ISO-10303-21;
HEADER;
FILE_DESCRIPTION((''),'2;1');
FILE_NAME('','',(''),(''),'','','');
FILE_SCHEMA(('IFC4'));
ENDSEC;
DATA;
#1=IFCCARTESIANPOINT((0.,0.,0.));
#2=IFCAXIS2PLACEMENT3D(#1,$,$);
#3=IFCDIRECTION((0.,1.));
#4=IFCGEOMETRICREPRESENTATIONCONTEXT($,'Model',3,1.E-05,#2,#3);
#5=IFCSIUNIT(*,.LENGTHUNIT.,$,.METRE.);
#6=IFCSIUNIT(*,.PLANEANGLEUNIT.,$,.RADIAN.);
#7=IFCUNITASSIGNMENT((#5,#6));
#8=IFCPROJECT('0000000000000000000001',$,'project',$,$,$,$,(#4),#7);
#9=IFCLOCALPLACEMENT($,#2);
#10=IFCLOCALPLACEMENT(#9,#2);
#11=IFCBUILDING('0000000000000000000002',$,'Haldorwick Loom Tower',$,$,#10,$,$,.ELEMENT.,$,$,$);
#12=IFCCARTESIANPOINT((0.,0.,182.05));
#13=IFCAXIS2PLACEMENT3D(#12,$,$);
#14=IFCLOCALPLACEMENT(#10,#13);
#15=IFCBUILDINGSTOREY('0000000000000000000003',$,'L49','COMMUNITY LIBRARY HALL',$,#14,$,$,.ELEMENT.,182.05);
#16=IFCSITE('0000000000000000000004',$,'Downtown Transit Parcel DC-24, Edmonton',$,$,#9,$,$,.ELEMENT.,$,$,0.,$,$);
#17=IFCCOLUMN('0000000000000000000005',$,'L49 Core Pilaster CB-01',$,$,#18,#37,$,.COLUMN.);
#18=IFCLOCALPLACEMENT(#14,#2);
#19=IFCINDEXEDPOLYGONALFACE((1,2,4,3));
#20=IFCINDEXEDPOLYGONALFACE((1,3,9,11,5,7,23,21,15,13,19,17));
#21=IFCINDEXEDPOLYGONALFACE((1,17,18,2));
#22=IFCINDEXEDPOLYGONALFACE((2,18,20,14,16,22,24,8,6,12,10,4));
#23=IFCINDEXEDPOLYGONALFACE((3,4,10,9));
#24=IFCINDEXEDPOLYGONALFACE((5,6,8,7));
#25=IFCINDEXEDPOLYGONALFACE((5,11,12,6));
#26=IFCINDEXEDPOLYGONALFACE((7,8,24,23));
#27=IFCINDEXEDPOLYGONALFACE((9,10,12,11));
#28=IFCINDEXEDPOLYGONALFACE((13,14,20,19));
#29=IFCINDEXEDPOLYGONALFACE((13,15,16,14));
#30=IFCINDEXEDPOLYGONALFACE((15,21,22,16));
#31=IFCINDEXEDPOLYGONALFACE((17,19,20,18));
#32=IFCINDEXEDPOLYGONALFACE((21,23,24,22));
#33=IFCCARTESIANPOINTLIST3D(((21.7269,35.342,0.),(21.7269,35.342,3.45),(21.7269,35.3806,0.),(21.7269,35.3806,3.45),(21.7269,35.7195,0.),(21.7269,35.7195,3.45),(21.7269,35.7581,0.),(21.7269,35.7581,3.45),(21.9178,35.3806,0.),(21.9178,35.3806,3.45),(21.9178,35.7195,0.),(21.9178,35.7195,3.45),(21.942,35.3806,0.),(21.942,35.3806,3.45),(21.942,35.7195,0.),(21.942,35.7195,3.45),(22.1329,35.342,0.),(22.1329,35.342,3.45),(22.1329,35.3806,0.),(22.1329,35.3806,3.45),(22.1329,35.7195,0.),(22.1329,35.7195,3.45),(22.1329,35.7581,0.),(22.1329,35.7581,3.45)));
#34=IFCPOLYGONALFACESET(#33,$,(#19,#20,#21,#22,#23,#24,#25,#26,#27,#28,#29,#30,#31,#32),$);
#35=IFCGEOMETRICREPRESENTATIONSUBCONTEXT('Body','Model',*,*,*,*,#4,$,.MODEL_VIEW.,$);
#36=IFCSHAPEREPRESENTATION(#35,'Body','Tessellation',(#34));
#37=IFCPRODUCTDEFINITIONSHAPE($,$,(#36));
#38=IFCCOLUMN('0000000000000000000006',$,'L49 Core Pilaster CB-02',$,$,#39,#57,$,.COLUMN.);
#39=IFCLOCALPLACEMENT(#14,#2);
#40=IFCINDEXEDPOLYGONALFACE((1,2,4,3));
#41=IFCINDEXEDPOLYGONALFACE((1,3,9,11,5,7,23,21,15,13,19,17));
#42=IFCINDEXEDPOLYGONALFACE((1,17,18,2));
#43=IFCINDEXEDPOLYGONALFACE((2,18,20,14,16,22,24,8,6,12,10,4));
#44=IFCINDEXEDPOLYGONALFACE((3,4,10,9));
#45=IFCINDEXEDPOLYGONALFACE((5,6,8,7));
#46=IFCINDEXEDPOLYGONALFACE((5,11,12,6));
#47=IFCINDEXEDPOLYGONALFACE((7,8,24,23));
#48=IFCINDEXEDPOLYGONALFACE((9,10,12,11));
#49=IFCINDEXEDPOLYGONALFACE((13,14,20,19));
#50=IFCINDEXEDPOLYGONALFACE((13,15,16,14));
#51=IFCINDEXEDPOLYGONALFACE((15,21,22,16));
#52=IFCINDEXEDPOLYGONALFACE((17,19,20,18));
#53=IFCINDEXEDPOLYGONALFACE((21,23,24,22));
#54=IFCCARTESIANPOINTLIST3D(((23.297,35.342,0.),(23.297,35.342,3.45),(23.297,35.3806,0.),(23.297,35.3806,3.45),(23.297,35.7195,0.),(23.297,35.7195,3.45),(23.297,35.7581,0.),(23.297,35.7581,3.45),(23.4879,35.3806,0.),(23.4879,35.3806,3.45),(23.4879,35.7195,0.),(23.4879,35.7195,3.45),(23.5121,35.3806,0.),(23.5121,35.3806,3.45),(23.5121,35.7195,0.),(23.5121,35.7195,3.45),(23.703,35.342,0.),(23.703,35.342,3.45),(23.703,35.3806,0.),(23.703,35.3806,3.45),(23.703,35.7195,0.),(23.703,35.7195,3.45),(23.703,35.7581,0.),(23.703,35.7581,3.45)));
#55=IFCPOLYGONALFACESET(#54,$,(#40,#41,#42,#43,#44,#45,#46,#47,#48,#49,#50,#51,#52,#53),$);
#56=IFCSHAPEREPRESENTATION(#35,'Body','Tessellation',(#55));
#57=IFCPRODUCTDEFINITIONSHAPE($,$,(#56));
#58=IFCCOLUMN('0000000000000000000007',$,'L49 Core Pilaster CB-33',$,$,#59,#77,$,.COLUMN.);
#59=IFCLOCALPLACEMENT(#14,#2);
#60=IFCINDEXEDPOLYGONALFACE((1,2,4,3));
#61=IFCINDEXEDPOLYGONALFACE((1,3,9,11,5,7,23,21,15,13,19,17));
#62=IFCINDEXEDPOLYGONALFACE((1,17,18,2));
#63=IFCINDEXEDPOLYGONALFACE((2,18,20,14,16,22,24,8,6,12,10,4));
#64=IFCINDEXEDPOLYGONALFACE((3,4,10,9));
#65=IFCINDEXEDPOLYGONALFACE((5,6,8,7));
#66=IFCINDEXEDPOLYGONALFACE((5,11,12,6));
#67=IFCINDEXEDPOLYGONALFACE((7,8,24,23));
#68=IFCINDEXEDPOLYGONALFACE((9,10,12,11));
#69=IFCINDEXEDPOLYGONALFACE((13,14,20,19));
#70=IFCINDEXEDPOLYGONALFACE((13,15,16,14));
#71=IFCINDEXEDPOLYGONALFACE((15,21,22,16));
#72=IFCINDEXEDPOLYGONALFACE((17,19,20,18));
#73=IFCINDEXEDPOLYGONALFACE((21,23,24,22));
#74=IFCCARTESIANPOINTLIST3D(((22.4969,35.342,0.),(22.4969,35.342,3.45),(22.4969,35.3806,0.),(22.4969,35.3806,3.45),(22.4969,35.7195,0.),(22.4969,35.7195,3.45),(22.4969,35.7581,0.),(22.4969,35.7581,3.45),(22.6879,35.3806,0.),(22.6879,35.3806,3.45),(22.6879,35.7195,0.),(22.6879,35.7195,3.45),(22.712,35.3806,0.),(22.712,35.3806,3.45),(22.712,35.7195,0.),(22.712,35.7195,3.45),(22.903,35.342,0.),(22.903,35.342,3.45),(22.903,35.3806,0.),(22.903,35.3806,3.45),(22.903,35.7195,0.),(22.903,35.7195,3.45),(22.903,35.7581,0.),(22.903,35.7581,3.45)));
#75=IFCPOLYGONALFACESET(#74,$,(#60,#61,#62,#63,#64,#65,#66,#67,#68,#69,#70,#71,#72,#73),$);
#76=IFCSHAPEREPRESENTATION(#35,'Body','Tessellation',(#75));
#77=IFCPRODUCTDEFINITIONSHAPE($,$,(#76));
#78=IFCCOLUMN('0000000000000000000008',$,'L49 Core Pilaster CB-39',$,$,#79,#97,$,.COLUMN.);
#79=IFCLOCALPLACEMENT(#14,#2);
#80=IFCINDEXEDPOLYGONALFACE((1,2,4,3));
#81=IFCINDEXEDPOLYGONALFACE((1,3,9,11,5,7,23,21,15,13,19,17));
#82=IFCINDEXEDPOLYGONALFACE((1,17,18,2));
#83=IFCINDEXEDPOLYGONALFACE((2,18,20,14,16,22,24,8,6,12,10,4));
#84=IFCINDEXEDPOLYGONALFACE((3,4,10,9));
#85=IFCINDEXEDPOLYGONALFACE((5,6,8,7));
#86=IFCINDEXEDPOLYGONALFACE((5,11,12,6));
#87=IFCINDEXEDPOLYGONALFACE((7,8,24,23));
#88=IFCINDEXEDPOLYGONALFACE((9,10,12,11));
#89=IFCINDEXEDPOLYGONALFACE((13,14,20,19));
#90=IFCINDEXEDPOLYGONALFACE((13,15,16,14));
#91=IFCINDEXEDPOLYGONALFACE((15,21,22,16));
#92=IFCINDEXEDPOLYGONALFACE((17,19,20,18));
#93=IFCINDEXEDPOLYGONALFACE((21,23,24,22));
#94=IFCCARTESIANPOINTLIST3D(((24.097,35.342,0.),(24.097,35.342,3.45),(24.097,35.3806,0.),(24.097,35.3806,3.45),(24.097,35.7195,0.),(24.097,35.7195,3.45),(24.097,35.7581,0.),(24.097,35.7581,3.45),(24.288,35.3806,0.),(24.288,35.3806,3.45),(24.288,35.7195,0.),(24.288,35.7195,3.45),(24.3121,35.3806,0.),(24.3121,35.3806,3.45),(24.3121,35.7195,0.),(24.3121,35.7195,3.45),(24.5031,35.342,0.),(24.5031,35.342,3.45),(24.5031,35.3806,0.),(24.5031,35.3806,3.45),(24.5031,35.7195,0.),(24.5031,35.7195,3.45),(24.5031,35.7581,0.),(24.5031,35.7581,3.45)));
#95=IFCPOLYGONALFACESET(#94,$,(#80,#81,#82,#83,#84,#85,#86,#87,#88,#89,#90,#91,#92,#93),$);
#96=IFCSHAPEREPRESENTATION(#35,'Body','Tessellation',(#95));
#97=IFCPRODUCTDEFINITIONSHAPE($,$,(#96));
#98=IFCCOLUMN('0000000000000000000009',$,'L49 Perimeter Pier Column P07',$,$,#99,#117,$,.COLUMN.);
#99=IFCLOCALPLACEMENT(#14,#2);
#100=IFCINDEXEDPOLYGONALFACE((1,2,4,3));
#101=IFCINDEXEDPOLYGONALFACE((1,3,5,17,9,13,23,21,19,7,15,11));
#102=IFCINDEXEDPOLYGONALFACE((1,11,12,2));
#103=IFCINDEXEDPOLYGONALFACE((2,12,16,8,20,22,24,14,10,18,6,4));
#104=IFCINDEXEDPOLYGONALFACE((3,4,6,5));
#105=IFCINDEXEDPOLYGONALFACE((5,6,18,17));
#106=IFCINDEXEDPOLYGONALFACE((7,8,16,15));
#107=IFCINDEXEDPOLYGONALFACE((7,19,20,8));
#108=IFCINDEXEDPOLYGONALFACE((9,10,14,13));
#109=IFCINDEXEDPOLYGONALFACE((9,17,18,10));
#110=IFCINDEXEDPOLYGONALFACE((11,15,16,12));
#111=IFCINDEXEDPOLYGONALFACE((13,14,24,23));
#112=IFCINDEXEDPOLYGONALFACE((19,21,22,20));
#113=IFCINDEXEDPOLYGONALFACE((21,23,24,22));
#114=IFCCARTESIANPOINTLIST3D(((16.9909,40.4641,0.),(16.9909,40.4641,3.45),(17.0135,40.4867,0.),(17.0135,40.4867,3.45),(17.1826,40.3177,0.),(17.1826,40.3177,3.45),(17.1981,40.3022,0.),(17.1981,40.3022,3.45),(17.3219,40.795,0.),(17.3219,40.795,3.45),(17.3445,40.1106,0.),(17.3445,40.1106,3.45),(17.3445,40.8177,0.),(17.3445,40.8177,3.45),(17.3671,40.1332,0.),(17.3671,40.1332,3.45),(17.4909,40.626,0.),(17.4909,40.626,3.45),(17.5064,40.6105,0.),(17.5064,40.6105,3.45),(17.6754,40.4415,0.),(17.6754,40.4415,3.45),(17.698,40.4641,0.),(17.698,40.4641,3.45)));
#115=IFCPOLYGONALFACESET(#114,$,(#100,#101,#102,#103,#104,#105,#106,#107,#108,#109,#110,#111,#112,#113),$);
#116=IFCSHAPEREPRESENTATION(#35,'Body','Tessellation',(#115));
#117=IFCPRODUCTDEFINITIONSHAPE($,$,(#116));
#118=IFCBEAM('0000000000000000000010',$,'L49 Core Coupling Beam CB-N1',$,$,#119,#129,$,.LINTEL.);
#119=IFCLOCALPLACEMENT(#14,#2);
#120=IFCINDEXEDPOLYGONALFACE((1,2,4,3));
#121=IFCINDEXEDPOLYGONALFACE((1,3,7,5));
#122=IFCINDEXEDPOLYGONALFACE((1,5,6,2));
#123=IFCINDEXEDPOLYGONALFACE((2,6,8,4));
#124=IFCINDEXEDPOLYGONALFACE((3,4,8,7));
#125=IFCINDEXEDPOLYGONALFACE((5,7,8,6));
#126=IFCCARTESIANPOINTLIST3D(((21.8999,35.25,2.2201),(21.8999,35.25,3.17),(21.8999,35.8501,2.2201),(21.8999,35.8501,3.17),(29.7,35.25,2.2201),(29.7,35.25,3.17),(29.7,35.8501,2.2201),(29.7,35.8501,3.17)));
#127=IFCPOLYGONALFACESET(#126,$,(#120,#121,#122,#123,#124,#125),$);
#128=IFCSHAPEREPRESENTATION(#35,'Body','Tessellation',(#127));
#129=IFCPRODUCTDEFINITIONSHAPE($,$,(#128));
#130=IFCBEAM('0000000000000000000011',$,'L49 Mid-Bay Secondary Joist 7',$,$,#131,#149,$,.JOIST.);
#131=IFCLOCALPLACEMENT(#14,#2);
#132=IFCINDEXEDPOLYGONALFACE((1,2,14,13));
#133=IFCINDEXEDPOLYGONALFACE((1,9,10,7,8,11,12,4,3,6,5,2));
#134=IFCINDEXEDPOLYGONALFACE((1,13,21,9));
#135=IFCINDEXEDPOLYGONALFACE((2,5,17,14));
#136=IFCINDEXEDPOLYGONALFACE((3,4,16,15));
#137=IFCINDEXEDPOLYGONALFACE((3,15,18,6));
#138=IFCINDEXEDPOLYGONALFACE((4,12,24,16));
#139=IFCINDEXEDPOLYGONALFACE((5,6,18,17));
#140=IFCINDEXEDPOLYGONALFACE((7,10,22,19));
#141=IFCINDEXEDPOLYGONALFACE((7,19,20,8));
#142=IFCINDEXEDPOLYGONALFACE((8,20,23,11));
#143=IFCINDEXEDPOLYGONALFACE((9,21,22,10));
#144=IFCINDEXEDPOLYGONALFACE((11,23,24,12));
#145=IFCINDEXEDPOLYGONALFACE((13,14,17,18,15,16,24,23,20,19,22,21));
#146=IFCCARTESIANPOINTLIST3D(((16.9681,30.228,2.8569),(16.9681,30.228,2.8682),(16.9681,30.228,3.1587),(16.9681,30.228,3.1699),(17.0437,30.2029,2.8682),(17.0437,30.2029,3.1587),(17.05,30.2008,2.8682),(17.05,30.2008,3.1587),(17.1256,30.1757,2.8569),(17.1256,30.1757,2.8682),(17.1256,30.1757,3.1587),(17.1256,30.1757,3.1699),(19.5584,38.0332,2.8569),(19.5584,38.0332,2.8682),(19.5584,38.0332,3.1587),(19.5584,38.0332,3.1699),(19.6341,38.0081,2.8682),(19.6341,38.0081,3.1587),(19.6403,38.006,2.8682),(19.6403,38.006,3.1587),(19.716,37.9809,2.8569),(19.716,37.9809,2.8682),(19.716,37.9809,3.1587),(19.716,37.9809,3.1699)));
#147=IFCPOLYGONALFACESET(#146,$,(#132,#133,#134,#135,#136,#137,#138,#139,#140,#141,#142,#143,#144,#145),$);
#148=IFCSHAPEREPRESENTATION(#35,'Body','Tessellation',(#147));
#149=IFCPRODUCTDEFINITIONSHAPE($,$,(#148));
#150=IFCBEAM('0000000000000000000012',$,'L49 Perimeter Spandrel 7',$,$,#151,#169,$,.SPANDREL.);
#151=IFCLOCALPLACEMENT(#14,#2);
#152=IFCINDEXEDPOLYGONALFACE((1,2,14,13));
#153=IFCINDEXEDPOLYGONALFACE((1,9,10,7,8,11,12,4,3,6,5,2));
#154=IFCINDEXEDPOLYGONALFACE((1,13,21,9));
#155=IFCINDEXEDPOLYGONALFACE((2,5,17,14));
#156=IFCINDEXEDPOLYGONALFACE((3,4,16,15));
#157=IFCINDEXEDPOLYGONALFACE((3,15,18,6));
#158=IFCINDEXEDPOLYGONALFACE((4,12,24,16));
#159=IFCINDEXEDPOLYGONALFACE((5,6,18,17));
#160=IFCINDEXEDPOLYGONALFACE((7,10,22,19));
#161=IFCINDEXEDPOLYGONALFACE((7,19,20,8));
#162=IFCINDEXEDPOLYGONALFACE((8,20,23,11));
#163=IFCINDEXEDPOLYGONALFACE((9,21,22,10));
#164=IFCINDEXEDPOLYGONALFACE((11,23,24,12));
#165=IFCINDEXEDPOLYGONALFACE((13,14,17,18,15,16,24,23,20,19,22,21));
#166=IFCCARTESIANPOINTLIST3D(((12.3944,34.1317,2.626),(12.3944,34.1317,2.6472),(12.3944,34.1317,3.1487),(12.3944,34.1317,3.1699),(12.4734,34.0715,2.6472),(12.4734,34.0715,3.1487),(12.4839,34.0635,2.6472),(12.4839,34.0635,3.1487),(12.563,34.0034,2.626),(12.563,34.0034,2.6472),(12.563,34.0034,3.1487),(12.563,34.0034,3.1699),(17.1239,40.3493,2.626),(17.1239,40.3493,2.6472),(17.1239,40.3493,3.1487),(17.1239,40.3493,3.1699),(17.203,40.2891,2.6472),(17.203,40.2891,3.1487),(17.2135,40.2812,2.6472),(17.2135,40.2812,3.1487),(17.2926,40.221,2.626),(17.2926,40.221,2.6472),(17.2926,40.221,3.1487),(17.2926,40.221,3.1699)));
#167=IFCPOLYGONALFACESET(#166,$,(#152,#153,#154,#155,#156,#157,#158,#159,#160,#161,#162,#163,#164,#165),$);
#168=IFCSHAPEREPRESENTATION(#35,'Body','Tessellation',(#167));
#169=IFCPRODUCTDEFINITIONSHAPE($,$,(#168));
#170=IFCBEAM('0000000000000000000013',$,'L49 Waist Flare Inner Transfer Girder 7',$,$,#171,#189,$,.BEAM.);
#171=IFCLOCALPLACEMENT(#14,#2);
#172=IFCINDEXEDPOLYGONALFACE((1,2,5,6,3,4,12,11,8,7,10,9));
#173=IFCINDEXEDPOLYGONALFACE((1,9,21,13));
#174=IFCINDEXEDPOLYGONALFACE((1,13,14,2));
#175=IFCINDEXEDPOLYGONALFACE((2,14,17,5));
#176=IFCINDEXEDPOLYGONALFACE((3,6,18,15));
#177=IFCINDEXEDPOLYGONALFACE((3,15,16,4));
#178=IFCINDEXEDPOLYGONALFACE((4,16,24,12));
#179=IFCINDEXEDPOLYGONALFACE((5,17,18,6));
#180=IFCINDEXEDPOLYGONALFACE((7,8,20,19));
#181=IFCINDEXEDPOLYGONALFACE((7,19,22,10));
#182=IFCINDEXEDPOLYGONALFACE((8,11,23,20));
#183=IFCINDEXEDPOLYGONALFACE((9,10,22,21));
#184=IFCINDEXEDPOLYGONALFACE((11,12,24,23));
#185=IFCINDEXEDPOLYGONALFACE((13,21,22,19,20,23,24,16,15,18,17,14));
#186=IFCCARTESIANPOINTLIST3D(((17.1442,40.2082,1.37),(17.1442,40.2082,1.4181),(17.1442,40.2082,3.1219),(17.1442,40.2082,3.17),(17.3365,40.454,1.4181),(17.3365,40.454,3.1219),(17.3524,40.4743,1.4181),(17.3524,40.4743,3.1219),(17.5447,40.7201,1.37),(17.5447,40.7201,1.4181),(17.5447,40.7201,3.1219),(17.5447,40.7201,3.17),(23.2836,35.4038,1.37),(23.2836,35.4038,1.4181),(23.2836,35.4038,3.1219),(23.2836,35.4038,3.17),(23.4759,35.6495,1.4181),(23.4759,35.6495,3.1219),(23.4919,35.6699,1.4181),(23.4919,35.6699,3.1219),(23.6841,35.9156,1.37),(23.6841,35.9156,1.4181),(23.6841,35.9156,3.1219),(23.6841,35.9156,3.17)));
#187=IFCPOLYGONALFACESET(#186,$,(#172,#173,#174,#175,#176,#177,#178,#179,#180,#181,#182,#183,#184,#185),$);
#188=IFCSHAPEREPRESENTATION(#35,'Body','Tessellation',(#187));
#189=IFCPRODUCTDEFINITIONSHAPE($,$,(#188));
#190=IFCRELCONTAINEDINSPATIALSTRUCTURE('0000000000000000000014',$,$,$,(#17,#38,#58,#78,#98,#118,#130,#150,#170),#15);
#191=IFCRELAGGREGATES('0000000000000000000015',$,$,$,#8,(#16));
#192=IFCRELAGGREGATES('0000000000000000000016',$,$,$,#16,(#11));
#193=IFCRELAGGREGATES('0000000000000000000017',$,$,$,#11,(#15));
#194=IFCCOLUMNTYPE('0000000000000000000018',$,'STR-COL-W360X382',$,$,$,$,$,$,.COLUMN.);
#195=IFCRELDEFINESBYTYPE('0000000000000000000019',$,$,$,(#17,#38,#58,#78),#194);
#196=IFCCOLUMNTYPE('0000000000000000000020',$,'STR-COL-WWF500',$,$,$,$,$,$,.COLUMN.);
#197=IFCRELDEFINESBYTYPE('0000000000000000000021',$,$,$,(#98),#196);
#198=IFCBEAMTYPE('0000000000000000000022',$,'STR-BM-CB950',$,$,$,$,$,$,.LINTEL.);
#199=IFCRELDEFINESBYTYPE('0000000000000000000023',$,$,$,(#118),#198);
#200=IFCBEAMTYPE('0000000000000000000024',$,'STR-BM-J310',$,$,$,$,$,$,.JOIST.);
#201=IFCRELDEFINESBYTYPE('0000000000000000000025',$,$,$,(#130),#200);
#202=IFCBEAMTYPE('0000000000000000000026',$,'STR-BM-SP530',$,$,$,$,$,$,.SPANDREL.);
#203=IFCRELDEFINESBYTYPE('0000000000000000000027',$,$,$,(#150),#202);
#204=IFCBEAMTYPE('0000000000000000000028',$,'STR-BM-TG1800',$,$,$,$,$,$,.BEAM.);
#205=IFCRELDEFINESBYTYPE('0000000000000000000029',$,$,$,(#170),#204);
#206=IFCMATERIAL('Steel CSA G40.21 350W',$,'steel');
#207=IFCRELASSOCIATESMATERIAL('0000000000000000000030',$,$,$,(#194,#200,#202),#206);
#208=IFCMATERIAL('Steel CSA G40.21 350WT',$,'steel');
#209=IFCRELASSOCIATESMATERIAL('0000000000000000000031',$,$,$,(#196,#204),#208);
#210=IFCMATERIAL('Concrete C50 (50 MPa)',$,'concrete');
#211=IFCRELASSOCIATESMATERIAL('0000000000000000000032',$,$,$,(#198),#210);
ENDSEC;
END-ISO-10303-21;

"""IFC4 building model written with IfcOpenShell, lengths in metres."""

from ifc_helpers import new_model, si_unit, direction, frame, origin, origin_2d, place, context, subcontext, project, spatial, rectangle, i_section, extrude, material, material_profile, profile_set, type_object, element, save


model = new_model("IFC4")

# Units and contexts
model_context = context("Model", 3, precision=1e-05, world=origin(), true_north=direction((0.0, 1.0)))
body_context = subcontext(model_context, "Body", "Model", "MODEL_VIEW")
ifc_project = project(units=[si_unit("LENGTHUNIT", "METRE"), si_unit("PLANEANGLEUNIT", "RADIAN")], contexts=[model_context])

# Site, building, storey
site_placement = place(None, origin())
site = spatial("IfcSite", under=ifc_project, at=site_placement, Name="Downtown Transit Parcel DC-24, Edmonton", CompositionType="ELEMENT", RefElevation=0.0)
building_placement = place(site_placement, origin())
building = spatial("IfcBuilding", under=site, at=building_placement, Name="Haldorwick Loom Tower", CompositionType="ELEMENT")
storey_placement = place(building_placement, frame((0.0, 0.0, 182.05)))
storey = spatial("IfcBuildingStorey", under=building, at=storey_placement, Name="L49", Description="COMMUNITY LIBRARY HALL", CompositionType="ELEMENT", Elevation=182.05)

# Columns
ifc_material_1 = material(Name="Steel CSA G40.21 350W", Category="steel")
ifc_material_profile_1 = material_profile(ifc_material_1, i_section(OverallWidth=0.406, OverallDepth=0.416, WebThickness=0.0242, FlangeThickness=0.0386, at=origin_2d()), Name="W360X382", Category="steel")
ifc_profile_set_1 = profile_set([ifc_material_profile_1], Name="Steel CSA G40.21 350W")
column_type_1 = type_object("IfcColumnType", Name="STR-COL-W360X382", PredefinedType="COLUMN", material=ifc_profile_set_1)
for number, where, z_axis, x_axis, name in (
    (1, (21.9299, 35.55, 0.0), (0.0, 0.0, 1.0), (1.0, 0.0, 0.0), "L49 Core Pilaster CB-01"),
    (2, (23.5, 35.55, 0.0), (0.0, 0.0, 1.0), (1.0, 0.0, 0.0), "L49 Core Pilaster CB-02"),
    (3, (22.7, 35.55, 0.0), (0.0, 0.0, 1.0), (1.0, 0.0, 0.0), "L49 Core Pilaster CB-33"),
    (4, (24.3, 35.55, 0.0), (0.0, 0.0, 1.0), (1.0, 0.0, 0.0), "L49 Core Pilaster CB-39"),
):
    element("IfcColumn", number, at=place(storey_placement, frame(where, z_axis=z_axis, x_axis=x_axis)), inside=storey, type_object=column_type_1, Name=name, PredefinedType="COLUMN", context=body_context, shape_type="SweptSolid", body=[
        extrude(i_section(OverallWidth=0.406, OverallDepth=0.416, WebThickness=0.0242, FlangeThickness=0.0386, at=origin_2d()), origin(), (0.0, 0.0, 1.0), 3.45),
    ])
ifc_material_2 = material(Name="Steel CSA G40.21 350WT", Category="steel")
ifc_material_profile_2 = material_profile(ifc_material_2, i_section(OverallWidth=0.5, OverallDepth=0.5, WebThickness=0.022, FlangeThickness=0.032, at=origin_2d()), Name="WWF500X500", Category="steel")
ifc_profile_set_2 = profile_set([ifc_material_profile_2], Name="Steel CSA G40.21 350WT")
column_type_2 = type_object("IfcColumnType", Name="STR-COL-WWF500", PredefinedType="COLUMN", material=ifc_profile_set_2)
column_placement = place(storey_placement, frame((17.3445, 40.4641, 0.0), z_axis=(0.0, 0.0, 1.0), x_axis=(-0.707107, 0.707107, 0.0)))
element("IfcColumn", 5, at=column_placement, inside=storey, type_object=column_type_2, Name="L49 Perimeter Pier Column P07", PredefinedType="COLUMN", context=body_context, shape_type="SweptSolid", body=[
    extrude(i_section(OverallWidth=0.5, OverallDepth=0.5, WebThickness=0.022, FlangeThickness=0.032, at=origin_2d()), origin(), (0.0, 0.0, 1.0), 3.45),
])

# Beams
ifc_material_3 = material(Name="Concrete C50 (50 MPa)", Category="concrete")
ifc_material_profile_3 = material_profile(ifc_material_3, rectangle(XDim=0.6001, YDim=0.95, at=origin_2d()), Name="RC600X950", Category="concrete")
ifc_profile_set_3 = profile_set([ifc_material_profile_3], Name="Concrete C50 (50 MPa)")
beam_type_1 = type_object("IfcBeamType", Name="STR-BM-CB950", PredefinedType="LINTEL", material=ifc_profile_set_3)
beam_1_placement = place(storey_placement, frame((21.8999, 35.55, 2.6951), z_axis=(1.0, 0.0, 0.0), x_axis=(0.0, 1.0, 0.0)))
element("IfcBeam", 6, at=beam_1_placement, inside=storey, type_object=beam_type_1, Name="L49 Core Coupling Beam CB-N1", PredefinedType="LINTEL", context=body_context, shape_type="SweptSolid", body=[
    extrude(rectangle(XDim=0.6001, YDim=0.95, at=origin_2d()), origin(), (0.0, 0.0, 1.0), 7.8),
])
ifc_material_profile_4 = material_profile(ifc_material_1, i_section(OverallWidth=0.166, OverallDepth=0.313, WebThickness=0.0066, FlangeThickness=0.0112, at=origin_2d()), Name="W310X45", Category="steel")
ifc_profile_set_4 = profile_set([ifc_material_profile_4], Name="Steel CSA G40.21 350W")
beam_type_2 = type_object("IfcBeamType", Name="STR-BM-J310", PredefinedType="JOIST", material=ifc_profile_set_4)
beam_2_placement = place(storey_placement, frame((19.6372, 38.0071, 3.0134), z_axis=(-0.314981, -0.949098, 0.0), x_axis=(0.949098, -0.314981, 0.0)))
element("IfcBeam", 7, at=beam_2_placement, inside=storey, type_object=beam_type_2, Name="L49 Mid-Bay Secondary Joist 7", PredefinedType="JOIST", context=body_context, shape_type="SweptSolid", body=[
    extrude(i_section(OverallWidth=0.166, OverallDepth=0.313, WebThickness=0.0066, FlangeThickness=0.0112, at=origin_2d()), origin(), (0.0, 0.0, 1.0), 8.2239),
])
ifc_material_profile_5 = material_profile(ifc_material_1, i_section(OverallWidth=0.2119, OverallDepth=0.5439, WebThickness=0.0132, FlangeThickness=0.0212, at=origin_2d()), Name="W530X123", Category="steel")
ifc_profile_set_5 = profile_set([ifc_material_profile_5], Name="Steel CSA G40.21 350W")
beam_type_3 = type_object("IfcBeamType", Name="STR-BM-SP530", PredefinedType="SPANDREL", material=ifc_profile_set_5)
beam_3_placement = place(storey_placement, frame((17.2083, 40.2852, 2.8979), z_axis=(-0.605422, -0.795905, 0.0), x_axis=(0.795905, -0.605422, 0.0)))
element("IfcBeam", 8, at=beam_3_placement, inside=storey, type_object=beam_type_3, Name="L49 Perimeter Spandrel 7", PredefinedType="SPANDREL", context=body_context, shape_type="SweptSolid", body=[
    extrude(i_section(OverallWidth=0.2119, OverallDepth=0.5439, WebThickness=0.0132, FlangeThickness=0.0212, at=origin_2d()), origin(), (0.0, 0.0, 1.0), 7.812),
])
ifc_material_profile_6 = material_profile(ifc_material_2, i_section(OverallWidth=0.6499, OverallDepth=1.8, WebThickness=0.0259, FlangeThickness=0.0481, at=origin_2d()), Name="WWF1800X650", Category="steel")
ifc_profile_set_6 = profile_set([ifc_material_profile_6], Name="Steel CSA G40.21 350WT")
beam_type_4 = type_object("IfcBeamType", Name="STR-BM-TG1800", PredefinedType="BEAM", material=ifc_profile_set_6)
beam_4_placement = place(storey_placement, frame((23.4839, 35.6597, 2.27), z_axis=(-0.787524, 0.616284, 0.0), x_axis=(-0.616284, -0.787524, 0.0)))
element("IfcBeam", 9, at=beam_4_placement, inside=storey, type_object=beam_type_4, Name="L49 Waist Flare Inner Transfer Girder 7", PredefinedType="BEAM", context=body_context, shape_type="SweptSolid", body=[
    extrude(i_section(OverallWidth=0.6499, OverallDepth=1.8, WebThickness=0.0259, FlangeThickness=0.0481, at=origin_2d()), origin(), (0.0, 0.0, 1.0), 7.7959),
])

save(model, "model.ifc")
